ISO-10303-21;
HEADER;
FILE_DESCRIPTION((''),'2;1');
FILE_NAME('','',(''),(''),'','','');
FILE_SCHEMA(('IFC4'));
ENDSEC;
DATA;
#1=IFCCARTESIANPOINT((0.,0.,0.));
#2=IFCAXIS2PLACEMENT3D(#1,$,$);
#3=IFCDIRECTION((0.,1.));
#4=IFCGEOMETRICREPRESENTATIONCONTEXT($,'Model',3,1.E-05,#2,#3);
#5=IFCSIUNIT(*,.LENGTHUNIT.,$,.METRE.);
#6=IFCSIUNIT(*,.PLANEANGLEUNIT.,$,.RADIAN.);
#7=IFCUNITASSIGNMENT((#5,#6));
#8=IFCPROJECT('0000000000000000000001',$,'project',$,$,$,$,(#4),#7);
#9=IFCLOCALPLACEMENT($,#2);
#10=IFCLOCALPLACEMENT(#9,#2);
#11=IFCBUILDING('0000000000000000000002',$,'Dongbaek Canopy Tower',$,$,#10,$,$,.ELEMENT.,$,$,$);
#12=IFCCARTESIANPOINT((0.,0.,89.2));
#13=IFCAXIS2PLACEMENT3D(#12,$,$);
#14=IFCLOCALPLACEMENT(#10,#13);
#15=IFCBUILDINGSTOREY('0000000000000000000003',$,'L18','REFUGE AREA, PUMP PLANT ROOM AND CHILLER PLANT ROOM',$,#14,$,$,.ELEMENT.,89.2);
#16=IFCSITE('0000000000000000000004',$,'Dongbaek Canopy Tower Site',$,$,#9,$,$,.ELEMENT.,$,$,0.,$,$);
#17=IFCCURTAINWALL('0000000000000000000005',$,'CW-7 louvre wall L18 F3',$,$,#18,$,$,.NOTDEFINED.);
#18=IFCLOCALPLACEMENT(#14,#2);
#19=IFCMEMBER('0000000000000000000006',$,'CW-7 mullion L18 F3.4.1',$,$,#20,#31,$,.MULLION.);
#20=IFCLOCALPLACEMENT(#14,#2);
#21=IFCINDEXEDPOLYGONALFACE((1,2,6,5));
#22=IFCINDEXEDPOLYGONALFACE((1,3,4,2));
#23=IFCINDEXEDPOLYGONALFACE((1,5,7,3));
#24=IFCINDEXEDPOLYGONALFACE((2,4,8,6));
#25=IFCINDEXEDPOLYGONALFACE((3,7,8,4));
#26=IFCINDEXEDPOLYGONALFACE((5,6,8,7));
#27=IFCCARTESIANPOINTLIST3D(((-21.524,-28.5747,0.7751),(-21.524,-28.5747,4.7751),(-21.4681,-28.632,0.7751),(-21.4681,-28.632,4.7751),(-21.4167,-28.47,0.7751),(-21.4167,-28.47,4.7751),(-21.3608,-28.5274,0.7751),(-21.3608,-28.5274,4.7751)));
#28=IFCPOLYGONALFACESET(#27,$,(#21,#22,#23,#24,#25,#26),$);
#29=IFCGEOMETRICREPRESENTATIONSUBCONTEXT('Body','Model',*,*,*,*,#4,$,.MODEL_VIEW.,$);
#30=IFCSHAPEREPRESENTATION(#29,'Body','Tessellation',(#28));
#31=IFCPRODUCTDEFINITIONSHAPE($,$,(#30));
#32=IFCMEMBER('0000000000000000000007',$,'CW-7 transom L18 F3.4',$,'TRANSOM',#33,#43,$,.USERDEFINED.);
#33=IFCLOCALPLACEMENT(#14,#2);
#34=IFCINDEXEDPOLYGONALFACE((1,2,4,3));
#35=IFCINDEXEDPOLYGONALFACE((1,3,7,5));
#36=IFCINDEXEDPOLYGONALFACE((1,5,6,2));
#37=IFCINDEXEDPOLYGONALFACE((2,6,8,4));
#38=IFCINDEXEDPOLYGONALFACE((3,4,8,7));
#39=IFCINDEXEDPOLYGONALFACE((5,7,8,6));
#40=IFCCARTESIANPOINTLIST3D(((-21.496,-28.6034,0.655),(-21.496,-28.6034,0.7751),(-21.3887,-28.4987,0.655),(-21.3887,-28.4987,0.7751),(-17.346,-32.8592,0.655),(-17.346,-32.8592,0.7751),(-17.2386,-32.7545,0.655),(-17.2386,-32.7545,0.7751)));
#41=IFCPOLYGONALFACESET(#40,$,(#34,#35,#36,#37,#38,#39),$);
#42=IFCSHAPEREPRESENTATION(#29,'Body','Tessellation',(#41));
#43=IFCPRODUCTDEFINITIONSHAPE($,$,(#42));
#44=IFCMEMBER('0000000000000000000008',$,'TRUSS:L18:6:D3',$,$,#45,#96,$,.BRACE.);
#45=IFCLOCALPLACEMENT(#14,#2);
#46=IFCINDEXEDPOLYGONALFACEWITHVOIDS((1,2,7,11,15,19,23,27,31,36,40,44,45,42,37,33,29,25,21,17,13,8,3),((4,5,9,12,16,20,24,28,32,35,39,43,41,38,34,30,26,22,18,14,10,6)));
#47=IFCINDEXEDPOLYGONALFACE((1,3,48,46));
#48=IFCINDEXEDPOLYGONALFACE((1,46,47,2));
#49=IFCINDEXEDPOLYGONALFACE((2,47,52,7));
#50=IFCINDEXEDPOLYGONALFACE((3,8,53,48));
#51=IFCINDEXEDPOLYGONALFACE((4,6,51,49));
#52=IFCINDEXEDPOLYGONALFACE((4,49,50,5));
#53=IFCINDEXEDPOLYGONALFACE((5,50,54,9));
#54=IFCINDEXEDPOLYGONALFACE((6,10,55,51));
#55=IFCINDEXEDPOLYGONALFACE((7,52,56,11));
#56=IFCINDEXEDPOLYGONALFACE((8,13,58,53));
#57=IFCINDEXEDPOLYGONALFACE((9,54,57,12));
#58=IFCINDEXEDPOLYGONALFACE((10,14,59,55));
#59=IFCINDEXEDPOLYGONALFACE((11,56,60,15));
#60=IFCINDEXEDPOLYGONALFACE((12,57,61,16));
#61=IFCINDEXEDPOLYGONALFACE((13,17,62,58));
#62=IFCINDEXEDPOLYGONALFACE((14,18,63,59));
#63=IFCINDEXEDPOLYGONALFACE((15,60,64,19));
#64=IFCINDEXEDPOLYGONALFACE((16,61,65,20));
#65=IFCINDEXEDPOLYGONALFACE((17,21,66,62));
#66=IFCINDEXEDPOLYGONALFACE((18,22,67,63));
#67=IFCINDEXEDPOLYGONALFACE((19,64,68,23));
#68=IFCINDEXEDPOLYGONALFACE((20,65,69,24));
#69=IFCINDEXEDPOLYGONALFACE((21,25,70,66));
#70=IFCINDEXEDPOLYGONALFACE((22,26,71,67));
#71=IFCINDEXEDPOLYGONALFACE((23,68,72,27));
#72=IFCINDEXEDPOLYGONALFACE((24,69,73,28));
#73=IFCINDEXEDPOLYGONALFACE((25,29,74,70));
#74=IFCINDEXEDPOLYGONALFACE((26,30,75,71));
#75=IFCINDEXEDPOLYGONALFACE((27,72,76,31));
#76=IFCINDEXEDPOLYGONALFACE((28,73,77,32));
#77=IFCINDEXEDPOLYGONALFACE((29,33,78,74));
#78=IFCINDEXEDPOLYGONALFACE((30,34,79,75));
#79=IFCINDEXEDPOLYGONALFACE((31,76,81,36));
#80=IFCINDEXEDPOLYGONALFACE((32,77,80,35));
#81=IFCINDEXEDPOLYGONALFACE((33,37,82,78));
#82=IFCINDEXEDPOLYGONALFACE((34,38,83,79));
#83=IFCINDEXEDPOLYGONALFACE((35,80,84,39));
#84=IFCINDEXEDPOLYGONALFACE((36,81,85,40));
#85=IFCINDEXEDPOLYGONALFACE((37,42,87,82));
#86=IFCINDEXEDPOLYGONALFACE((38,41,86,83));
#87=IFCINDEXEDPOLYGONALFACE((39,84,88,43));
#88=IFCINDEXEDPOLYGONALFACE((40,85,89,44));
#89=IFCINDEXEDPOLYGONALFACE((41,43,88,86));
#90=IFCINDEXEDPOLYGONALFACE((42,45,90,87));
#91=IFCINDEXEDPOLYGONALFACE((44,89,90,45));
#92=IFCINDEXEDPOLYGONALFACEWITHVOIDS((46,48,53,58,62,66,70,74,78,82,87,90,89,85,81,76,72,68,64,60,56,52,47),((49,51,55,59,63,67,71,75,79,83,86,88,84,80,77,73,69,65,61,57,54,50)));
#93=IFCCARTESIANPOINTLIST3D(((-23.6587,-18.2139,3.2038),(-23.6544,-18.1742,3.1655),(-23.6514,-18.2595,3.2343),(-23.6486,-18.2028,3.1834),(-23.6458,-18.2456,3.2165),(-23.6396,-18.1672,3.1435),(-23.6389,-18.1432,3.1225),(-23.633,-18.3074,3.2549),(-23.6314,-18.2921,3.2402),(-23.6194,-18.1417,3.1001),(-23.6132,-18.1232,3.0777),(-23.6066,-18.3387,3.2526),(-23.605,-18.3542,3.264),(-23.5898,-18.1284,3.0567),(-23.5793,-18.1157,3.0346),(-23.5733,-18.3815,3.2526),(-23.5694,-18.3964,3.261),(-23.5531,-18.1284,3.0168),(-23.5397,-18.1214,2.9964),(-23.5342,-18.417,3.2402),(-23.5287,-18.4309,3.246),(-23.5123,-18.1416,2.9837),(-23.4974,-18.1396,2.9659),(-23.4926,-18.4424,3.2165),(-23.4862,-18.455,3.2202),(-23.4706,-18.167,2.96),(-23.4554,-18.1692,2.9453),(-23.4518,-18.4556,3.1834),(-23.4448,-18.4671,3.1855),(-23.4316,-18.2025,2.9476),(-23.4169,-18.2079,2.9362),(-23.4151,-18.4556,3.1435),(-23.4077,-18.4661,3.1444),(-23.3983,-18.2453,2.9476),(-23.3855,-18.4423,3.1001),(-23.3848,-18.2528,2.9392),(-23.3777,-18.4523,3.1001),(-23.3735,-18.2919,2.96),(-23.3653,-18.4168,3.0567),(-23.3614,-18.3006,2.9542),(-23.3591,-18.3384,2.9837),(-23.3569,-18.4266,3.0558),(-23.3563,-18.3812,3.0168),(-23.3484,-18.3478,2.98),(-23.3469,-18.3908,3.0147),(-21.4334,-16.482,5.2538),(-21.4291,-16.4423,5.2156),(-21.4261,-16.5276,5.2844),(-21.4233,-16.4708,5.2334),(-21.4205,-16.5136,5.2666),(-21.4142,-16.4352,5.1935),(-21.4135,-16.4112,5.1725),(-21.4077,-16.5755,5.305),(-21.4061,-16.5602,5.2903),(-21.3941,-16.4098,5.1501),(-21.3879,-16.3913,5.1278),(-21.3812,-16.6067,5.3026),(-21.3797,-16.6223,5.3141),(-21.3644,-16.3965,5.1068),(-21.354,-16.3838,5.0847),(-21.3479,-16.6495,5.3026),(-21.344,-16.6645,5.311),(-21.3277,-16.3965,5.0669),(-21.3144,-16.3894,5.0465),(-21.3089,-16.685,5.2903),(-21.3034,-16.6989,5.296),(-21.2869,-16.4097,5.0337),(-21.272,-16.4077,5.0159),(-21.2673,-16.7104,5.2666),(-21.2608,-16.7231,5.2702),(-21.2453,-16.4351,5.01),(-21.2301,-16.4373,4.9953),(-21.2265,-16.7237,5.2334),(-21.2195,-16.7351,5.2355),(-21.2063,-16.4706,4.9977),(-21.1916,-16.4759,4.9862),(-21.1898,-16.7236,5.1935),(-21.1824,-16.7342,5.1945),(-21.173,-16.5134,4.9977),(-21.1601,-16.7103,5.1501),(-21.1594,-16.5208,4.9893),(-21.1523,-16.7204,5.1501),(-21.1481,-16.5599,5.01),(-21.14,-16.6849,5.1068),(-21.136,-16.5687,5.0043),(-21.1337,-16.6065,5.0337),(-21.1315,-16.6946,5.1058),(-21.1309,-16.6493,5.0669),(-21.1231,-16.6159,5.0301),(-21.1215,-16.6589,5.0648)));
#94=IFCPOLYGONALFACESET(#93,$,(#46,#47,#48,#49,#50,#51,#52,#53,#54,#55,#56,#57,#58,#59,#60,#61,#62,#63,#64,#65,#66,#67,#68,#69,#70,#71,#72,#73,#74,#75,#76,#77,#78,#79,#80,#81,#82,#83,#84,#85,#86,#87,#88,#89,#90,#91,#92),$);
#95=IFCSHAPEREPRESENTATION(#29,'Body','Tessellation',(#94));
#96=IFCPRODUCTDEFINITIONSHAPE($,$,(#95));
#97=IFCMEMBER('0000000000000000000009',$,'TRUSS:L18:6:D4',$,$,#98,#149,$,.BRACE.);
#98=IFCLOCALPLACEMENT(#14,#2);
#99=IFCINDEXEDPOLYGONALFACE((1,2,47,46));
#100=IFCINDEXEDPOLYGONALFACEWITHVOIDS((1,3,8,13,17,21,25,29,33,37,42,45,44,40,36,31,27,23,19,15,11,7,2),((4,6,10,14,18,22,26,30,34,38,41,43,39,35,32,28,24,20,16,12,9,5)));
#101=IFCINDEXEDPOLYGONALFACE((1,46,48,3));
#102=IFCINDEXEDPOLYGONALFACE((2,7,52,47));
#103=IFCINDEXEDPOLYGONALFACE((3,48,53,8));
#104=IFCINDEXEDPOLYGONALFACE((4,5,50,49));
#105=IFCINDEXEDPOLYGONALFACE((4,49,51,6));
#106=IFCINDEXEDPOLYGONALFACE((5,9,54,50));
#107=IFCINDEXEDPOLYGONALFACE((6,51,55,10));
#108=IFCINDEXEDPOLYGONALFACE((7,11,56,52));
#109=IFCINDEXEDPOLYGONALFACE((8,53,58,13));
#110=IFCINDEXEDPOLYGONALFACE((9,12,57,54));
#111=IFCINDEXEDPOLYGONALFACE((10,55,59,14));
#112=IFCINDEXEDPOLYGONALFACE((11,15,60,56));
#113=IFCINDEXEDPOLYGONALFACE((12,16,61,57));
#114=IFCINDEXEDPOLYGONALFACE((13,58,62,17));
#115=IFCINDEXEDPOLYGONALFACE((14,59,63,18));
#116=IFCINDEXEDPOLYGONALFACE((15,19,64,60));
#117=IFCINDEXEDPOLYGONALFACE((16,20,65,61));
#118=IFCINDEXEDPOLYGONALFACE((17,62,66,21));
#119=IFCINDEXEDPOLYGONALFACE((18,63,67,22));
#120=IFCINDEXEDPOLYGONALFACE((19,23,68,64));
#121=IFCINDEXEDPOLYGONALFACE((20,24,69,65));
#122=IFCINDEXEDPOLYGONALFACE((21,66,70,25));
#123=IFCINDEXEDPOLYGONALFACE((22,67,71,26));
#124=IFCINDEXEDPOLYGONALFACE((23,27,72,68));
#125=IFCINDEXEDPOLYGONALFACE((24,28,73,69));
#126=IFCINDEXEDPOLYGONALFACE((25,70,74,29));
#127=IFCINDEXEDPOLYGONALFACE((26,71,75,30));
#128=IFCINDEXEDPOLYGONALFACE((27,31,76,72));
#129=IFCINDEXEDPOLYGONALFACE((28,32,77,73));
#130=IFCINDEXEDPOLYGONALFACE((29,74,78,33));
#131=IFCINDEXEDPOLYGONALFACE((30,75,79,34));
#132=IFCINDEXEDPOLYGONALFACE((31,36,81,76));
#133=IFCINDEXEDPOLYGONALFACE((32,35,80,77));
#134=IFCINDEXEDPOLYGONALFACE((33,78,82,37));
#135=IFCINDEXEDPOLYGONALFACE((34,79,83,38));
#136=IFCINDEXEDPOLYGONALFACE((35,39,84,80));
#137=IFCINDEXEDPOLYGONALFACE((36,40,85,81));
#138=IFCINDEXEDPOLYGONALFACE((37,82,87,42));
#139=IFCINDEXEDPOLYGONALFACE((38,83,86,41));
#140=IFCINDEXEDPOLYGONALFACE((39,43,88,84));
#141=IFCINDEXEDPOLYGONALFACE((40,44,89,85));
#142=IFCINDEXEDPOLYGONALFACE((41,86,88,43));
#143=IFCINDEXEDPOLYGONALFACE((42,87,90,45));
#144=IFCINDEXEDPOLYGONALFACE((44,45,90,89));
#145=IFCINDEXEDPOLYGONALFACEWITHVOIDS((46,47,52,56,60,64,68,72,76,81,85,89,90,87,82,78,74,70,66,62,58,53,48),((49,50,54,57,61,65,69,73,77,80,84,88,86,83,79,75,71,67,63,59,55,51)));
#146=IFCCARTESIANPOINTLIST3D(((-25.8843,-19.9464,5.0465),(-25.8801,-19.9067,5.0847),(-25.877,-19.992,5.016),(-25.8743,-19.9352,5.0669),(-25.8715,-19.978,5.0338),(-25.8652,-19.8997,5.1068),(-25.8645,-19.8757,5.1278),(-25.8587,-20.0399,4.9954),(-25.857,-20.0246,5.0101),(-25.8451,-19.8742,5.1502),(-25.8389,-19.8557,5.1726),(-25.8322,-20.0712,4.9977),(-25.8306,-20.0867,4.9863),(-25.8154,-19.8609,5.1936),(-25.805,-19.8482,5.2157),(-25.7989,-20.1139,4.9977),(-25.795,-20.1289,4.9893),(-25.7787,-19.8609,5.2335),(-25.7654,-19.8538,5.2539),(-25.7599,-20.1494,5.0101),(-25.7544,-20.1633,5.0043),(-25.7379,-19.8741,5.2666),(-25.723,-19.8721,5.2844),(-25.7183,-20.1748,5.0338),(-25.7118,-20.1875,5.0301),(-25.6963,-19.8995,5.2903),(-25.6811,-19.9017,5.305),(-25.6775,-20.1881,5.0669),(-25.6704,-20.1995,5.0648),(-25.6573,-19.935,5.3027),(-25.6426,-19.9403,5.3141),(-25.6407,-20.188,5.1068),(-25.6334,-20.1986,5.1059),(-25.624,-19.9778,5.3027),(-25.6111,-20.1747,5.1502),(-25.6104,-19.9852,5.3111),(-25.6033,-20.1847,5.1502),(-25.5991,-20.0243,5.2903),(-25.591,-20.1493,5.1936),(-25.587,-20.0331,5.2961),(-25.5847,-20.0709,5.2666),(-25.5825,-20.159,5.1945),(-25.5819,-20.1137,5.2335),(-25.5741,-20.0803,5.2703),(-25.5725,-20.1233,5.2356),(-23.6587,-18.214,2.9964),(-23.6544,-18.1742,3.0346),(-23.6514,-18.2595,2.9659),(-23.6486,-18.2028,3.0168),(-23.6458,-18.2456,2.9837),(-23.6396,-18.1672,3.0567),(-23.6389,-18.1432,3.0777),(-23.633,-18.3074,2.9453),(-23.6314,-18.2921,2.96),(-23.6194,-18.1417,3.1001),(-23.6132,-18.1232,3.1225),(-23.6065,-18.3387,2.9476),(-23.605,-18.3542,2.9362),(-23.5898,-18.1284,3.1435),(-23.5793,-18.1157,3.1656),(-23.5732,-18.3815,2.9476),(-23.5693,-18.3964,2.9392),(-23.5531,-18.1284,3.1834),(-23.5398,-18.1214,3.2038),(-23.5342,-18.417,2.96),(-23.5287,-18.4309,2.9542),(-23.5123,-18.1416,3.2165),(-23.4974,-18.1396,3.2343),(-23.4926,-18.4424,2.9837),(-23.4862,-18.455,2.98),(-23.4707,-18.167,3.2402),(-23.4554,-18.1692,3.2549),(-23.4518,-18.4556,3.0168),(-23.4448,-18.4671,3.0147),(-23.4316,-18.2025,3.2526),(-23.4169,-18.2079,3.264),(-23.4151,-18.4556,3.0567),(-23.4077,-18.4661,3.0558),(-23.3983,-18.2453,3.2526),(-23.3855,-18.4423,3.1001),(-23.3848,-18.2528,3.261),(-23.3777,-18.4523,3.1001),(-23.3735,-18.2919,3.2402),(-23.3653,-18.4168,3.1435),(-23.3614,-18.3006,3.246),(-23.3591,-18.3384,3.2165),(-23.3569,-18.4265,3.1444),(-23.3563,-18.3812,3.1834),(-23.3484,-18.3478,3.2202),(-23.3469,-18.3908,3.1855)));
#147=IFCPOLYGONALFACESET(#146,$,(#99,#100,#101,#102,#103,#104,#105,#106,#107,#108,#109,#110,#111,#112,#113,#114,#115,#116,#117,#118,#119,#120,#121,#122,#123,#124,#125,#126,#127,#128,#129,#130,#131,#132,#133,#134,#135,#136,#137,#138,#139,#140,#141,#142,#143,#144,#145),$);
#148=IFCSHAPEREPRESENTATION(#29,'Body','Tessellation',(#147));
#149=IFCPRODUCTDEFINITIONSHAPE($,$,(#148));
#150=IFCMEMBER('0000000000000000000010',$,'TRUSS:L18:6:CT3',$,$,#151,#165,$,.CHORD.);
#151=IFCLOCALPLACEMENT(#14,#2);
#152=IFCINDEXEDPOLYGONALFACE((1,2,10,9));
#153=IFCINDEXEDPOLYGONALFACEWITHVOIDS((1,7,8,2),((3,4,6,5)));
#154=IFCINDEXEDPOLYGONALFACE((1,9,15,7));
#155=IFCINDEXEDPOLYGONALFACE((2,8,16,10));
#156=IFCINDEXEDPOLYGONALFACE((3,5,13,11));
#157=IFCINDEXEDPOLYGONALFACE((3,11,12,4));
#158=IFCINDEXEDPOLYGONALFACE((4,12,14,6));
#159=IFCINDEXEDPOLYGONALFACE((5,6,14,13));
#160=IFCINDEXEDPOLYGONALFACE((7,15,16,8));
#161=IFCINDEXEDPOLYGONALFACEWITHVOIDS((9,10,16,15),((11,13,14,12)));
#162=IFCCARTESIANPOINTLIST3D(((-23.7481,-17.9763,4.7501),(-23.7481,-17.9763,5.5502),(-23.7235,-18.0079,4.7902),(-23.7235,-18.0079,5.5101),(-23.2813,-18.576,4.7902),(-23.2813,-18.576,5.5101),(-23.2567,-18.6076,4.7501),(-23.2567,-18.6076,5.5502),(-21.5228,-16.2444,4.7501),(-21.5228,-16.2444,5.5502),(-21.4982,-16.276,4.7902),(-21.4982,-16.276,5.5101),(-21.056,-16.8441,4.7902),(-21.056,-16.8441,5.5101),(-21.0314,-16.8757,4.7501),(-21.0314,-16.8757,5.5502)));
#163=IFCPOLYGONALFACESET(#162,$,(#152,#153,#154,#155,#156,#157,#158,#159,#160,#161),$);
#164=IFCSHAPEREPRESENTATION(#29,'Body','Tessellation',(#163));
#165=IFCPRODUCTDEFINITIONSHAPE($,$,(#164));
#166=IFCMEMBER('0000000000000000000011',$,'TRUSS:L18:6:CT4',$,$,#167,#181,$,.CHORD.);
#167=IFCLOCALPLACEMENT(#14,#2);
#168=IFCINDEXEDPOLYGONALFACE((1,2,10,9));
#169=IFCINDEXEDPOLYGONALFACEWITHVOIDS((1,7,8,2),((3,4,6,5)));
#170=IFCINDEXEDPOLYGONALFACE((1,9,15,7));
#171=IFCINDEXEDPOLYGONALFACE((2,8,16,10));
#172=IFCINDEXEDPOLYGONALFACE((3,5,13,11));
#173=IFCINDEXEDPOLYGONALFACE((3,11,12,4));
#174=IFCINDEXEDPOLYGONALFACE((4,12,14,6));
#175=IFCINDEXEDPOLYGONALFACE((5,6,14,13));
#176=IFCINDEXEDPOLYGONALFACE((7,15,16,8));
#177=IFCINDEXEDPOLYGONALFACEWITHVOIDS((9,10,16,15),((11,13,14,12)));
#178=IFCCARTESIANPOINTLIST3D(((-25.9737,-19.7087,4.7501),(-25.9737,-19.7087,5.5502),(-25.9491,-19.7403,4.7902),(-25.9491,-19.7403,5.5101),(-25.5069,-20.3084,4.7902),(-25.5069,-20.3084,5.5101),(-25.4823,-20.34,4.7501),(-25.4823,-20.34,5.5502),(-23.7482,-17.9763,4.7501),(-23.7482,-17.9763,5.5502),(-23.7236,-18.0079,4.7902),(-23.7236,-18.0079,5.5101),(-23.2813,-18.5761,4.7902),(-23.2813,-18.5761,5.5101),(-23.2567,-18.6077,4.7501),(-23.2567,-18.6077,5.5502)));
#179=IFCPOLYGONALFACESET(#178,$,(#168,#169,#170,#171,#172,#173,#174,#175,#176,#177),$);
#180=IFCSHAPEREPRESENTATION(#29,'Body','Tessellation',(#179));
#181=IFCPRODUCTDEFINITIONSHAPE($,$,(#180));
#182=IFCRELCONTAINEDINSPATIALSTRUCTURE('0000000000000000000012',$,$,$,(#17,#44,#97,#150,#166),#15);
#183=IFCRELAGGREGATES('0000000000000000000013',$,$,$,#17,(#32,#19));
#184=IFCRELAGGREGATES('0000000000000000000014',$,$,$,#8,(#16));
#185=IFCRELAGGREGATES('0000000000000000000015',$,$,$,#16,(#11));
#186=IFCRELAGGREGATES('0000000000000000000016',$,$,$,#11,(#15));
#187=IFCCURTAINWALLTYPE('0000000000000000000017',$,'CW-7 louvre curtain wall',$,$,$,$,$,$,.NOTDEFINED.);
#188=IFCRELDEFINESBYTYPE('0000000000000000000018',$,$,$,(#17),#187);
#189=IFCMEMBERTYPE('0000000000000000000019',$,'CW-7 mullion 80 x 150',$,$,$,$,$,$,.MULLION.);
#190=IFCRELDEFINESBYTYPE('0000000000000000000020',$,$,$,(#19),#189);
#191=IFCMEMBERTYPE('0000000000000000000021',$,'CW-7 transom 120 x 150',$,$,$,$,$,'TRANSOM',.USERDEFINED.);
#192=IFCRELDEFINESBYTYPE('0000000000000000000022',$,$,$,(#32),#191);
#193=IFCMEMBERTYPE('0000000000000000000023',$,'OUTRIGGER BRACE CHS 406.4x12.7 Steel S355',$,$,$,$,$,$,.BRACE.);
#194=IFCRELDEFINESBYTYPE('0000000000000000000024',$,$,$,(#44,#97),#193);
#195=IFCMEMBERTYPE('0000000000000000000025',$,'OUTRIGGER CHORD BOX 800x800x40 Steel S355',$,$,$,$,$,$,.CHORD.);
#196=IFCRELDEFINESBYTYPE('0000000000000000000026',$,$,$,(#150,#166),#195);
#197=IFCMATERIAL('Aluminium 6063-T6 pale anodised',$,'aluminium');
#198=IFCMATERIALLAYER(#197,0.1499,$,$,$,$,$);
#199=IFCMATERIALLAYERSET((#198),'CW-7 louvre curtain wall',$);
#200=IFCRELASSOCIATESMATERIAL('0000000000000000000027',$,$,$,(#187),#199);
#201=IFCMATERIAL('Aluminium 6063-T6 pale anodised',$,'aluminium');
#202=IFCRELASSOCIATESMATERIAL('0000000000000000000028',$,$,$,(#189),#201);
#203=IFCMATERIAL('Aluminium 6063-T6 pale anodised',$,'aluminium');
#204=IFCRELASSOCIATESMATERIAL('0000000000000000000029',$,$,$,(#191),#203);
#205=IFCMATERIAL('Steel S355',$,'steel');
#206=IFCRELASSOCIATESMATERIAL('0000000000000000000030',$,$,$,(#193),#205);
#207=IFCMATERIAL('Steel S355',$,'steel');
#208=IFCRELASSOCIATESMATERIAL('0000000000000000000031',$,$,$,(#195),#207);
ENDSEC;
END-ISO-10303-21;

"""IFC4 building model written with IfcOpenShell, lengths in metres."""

from ifc_helpers import new_model, si_unit, direction, frame, origin, origin_2d, place, context, subcontext, project, spatial, rectangle, hollow_rectangle, hollow_circle, extrude, material, layer, layer_set, material_profile, profile_set, type_object, element, aggregate, save


model = new_model("IFC4")

# Units and contexts
model_context = context("Model", 3, precision=1e-05, world=origin(), true_north=direction((0.0, 1.0)))
body_context = subcontext(model_context, "Body", "Model", "MODEL_VIEW")
ifc_project = project(units=[si_unit("LENGTHUNIT", "METRE"), si_unit("PLANEANGLEUNIT", "RADIAN")], contexts=[model_context])

# Site, building, storey
site_placement = place(None, origin())
site = spatial("IfcSite", under=ifc_project, at=site_placement, Name="Dongbaek Canopy Tower Site", CompositionType="ELEMENT", RefElevation=0.0)
building_placement = place(site_placement, origin())
building = spatial("IfcBuilding", under=site, at=building_placement, Name="Dongbaek Canopy Tower", CompositionType="ELEMENT")
storey_placement = place(building_placement, frame((0.0, 0.0, 89.2)))
storey = spatial("IfcBuildingStorey", under=building, at=storey_placement, Name="L18", Description="REFUGE AREA, PUMP PLANT ROOM AND CHILLER PLANT ROOM", CompositionType="ELEMENT", Elevation=89.2)

# Curtain wall, members
ifc_material_1 = material(Name="Aluminium 6063-T6 pale anodised", Category="aluminium")
ifc_layer_1 = layer(ifc_material_1, 0.1499)
ifc_layer_set_1 = layer_set([ifc_layer_1], Name="CW-7 louvre curtain wall")
curtain_wall_type = type_object("IfcCurtainWallType", Name="CW-7 louvre curtain wall", PredefinedType="NOTDEFINED", material=ifc_layer_set_1)
curtain_wall_placement = place(storey_placement, origin())
curtain_wall = element("IfcCurtainWall", 1, at=curtain_wall_placement, inside=storey, type_object=curtain_wall_type, Name="CW-7 louvre wall L18 F3", PredefinedType="NOTDEFINED")
ifc_material_2 = material(Name="Aluminium 6063-T6 pale anodised", Category="aluminium")
ifc_material_profile_1 = material_profile(ifc_material_2, rectangle(XDim=0.1499, YDim=0.0801, at=origin_2d()), Name="CW-7 mullion 80 x 150")
ifc_profile_set_1 = profile_set([ifc_material_profile_1], Name="Aluminium 6063-T6 pale anodised")
member_type_1 = type_object("IfcMemberType", Name="CW-7 mullion 80 x 150", PredefinedType="MULLION", material=ifc_profile_set_1)
member_1_placement = place(storey_placement, frame((-21.4424, -28.551, 0.7751), z_axis=(0.0, 0.0, 1.0), x_axis=(-0.715921, -0.698181, 0.0)))
member_1 = element("IfcMember", 2, at=member_1_placement, type_object=member_type_1, Name="CW-7 mullion L18 F3.4.1", PredefinedType="MULLION", context=body_context, shape_type="SweptSolid", body=[
    extrude(rectangle(XDim=0.1499, YDim=0.0801, at=origin_2d()), origin(), (0.0, 0.0, 1.0), 4.0),
])
ifc_material_3 = material(Name="Aluminium 6063-T6 pale anodised", Category="aluminium")
ifc_material_profile_2 = material_profile(ifc_material_3, rectangle(XDim=0.1499, YDim=0.1201, at=origin_2d()), Name="CW-7 transom 120 x 150")
ifc_profile_set_2 = profile_set([ifc_material_profile_2], Name="Aluminium 6063-T6 pale anodised")
member_type_2 = type_object("IfcMemberType", Name="CW-7 transom 120 x 150", ElementType="TRANSOM", PredefinedType="USERDEFINED", material=ifc_profile_set_2)
member_2_placement = place(storey_placement, frame((-21.4424, -28.551, 0.7151), z_axis=(0.698159, -0.715943, 0.0), x_axis=(0.715943, 0.698159, 0.0)))
member_2 = element("IfcMember", 3, at=member_2_placement, type_object=member_type_2, Name="CW-7 transom L18 F3.4", ObjectType="TRANSOM", PredefinedType="USERDEFINED", context=body_context, shape_type="SweptSolid", body=[
    extrude(rectangle(XDim=0.1499, YDim=0.1201, at=origin_2d()), origin(), (0.0, 0.0, 1.0), 5.9443),
])

# Members
ifc_material_4 = material(Name="Steel S355", Category="steel")
ifc_material_profile_3 = material_profile(ifc_material_4, hollow_circle(Radius=0.2031, WallThickness=0.0127, at=origin_2d()), Name="OUTRIGGER BRACE CHS 406.4x12.7 Steel S355")
ifc_profile_set_3 = profile_set([ifc_material_profile_3], Name="Steel S355")
member_type_3 = type_object("IfcMemberType", Name="OUTRIGGER BRACE CHS 406.4x12.7 Steel S355", PredefinedType="BRACE", material=ifc_profile_set_3)
member_3_placement = place(storey_placement, frame((-21.2771, -16.5601, 5.1501), z_axis=(-0.638306, -0.49678, -0.588026), x_axis=(0.614186, -0.789161, 0.0)))
element("IfcMember", 4, at=member_3_placement, inside=storey, type_object=member_type_3, Name="TRUSS:L18:6:D3", PredefinedType="BRACE", context=body_context, shape_type="SweptSolid", body=[
    extrude(hollow_circle(Radius=0.2031, WallThickness=0.0127, at=origin_2d()), origin(), (0.0, 0.0, 1.0), 3.4863),
])
member_4_placement = place(storey_placement, frame((-23.5024, -18.292, 3.1001), z_axis=(-0.638304, -0.496863, 0.587959), x_axis=(0.614252, -0.78911, 0.0)))
element("IfcMember", 5, at=member_4_placement, inside=storey, type_object=member_type_3, Name="TRUSS:L18:6:D4", PredefinedType="BRACE", context=body_context, shape_type="SweptSolid", body=[
    extrude(hollow_circle(Radius=0.2031, WallThickness=0.0127, at=origin_2d()), origin(), (0.0, 0.0, 1.0), 3.4868),
])
ifc_material_5 = material(Name="Steel S355", Category="steel")
ifc_material_profile_4 = material_profile(ifc_material_5, hollow_rectangle(XDim=0.8, YDim=0.8, WallThickness=0.04, at=origin_2d()), Name="OUTRIGGER CHORD BOX 800x800x40 Steel S355")
ifc_profile_set_4 = profile_set([ifc_material_profile_4], Name="Steel S355")
member_type_4 = type_object("IfcMemberType", Name="OUTRIGGER CHORD BOX 800x800x40 Steel S355", PredefinedType="CHORD", material=ifc_profile_set_4)
member_5_placement = place(storey_placement, frame((-21.2771, -16.5601, 5.1501), z_axis=(-0.789161, -0.614186, 0.0), x_axis=(0.614186, -0.789161, 0.0)))
element("IfcMember", 6, at=member_5_placement, inside=storey, type_object=member_type_4, Name="TRUSS:L18:6:CT3", PredefinedType="CHORD", context=body_context, shape_type="SweptSolid", body=[
    extrude(hollow_rectangle(XDim=0.8, YDim=0.8, WallThickness=0.04, at=origin_2d()), origin(), (0.0, 0.0, 1.0), 2.8198),
])
member_6_placement = place(storey_placement, frame((-23.5024, -18.292, 5.1501), z_axis=(-0.78911, -0.614252, 0.0), x_axis=(0.614252, -0.78911, 0.0)))
element("IfcMember", 7, at=member_6_placement, inside=storey, type_object=member_type_4, Name="TRUSS:L18:6:CT4", PredefinedType="CHORD", context=body_context, shape_type="SweptSolid", body=[
    extrude(hollow_rectangle(XDim=0.8, YDim=0.8, WallThickness=0.04, at=origin_2d()), origin(), (0.0, 0.0, 1.0), 2.8203),
])

aggregate(curtain_wall, [member_2, member_1])

save(model, "model.ifc")
